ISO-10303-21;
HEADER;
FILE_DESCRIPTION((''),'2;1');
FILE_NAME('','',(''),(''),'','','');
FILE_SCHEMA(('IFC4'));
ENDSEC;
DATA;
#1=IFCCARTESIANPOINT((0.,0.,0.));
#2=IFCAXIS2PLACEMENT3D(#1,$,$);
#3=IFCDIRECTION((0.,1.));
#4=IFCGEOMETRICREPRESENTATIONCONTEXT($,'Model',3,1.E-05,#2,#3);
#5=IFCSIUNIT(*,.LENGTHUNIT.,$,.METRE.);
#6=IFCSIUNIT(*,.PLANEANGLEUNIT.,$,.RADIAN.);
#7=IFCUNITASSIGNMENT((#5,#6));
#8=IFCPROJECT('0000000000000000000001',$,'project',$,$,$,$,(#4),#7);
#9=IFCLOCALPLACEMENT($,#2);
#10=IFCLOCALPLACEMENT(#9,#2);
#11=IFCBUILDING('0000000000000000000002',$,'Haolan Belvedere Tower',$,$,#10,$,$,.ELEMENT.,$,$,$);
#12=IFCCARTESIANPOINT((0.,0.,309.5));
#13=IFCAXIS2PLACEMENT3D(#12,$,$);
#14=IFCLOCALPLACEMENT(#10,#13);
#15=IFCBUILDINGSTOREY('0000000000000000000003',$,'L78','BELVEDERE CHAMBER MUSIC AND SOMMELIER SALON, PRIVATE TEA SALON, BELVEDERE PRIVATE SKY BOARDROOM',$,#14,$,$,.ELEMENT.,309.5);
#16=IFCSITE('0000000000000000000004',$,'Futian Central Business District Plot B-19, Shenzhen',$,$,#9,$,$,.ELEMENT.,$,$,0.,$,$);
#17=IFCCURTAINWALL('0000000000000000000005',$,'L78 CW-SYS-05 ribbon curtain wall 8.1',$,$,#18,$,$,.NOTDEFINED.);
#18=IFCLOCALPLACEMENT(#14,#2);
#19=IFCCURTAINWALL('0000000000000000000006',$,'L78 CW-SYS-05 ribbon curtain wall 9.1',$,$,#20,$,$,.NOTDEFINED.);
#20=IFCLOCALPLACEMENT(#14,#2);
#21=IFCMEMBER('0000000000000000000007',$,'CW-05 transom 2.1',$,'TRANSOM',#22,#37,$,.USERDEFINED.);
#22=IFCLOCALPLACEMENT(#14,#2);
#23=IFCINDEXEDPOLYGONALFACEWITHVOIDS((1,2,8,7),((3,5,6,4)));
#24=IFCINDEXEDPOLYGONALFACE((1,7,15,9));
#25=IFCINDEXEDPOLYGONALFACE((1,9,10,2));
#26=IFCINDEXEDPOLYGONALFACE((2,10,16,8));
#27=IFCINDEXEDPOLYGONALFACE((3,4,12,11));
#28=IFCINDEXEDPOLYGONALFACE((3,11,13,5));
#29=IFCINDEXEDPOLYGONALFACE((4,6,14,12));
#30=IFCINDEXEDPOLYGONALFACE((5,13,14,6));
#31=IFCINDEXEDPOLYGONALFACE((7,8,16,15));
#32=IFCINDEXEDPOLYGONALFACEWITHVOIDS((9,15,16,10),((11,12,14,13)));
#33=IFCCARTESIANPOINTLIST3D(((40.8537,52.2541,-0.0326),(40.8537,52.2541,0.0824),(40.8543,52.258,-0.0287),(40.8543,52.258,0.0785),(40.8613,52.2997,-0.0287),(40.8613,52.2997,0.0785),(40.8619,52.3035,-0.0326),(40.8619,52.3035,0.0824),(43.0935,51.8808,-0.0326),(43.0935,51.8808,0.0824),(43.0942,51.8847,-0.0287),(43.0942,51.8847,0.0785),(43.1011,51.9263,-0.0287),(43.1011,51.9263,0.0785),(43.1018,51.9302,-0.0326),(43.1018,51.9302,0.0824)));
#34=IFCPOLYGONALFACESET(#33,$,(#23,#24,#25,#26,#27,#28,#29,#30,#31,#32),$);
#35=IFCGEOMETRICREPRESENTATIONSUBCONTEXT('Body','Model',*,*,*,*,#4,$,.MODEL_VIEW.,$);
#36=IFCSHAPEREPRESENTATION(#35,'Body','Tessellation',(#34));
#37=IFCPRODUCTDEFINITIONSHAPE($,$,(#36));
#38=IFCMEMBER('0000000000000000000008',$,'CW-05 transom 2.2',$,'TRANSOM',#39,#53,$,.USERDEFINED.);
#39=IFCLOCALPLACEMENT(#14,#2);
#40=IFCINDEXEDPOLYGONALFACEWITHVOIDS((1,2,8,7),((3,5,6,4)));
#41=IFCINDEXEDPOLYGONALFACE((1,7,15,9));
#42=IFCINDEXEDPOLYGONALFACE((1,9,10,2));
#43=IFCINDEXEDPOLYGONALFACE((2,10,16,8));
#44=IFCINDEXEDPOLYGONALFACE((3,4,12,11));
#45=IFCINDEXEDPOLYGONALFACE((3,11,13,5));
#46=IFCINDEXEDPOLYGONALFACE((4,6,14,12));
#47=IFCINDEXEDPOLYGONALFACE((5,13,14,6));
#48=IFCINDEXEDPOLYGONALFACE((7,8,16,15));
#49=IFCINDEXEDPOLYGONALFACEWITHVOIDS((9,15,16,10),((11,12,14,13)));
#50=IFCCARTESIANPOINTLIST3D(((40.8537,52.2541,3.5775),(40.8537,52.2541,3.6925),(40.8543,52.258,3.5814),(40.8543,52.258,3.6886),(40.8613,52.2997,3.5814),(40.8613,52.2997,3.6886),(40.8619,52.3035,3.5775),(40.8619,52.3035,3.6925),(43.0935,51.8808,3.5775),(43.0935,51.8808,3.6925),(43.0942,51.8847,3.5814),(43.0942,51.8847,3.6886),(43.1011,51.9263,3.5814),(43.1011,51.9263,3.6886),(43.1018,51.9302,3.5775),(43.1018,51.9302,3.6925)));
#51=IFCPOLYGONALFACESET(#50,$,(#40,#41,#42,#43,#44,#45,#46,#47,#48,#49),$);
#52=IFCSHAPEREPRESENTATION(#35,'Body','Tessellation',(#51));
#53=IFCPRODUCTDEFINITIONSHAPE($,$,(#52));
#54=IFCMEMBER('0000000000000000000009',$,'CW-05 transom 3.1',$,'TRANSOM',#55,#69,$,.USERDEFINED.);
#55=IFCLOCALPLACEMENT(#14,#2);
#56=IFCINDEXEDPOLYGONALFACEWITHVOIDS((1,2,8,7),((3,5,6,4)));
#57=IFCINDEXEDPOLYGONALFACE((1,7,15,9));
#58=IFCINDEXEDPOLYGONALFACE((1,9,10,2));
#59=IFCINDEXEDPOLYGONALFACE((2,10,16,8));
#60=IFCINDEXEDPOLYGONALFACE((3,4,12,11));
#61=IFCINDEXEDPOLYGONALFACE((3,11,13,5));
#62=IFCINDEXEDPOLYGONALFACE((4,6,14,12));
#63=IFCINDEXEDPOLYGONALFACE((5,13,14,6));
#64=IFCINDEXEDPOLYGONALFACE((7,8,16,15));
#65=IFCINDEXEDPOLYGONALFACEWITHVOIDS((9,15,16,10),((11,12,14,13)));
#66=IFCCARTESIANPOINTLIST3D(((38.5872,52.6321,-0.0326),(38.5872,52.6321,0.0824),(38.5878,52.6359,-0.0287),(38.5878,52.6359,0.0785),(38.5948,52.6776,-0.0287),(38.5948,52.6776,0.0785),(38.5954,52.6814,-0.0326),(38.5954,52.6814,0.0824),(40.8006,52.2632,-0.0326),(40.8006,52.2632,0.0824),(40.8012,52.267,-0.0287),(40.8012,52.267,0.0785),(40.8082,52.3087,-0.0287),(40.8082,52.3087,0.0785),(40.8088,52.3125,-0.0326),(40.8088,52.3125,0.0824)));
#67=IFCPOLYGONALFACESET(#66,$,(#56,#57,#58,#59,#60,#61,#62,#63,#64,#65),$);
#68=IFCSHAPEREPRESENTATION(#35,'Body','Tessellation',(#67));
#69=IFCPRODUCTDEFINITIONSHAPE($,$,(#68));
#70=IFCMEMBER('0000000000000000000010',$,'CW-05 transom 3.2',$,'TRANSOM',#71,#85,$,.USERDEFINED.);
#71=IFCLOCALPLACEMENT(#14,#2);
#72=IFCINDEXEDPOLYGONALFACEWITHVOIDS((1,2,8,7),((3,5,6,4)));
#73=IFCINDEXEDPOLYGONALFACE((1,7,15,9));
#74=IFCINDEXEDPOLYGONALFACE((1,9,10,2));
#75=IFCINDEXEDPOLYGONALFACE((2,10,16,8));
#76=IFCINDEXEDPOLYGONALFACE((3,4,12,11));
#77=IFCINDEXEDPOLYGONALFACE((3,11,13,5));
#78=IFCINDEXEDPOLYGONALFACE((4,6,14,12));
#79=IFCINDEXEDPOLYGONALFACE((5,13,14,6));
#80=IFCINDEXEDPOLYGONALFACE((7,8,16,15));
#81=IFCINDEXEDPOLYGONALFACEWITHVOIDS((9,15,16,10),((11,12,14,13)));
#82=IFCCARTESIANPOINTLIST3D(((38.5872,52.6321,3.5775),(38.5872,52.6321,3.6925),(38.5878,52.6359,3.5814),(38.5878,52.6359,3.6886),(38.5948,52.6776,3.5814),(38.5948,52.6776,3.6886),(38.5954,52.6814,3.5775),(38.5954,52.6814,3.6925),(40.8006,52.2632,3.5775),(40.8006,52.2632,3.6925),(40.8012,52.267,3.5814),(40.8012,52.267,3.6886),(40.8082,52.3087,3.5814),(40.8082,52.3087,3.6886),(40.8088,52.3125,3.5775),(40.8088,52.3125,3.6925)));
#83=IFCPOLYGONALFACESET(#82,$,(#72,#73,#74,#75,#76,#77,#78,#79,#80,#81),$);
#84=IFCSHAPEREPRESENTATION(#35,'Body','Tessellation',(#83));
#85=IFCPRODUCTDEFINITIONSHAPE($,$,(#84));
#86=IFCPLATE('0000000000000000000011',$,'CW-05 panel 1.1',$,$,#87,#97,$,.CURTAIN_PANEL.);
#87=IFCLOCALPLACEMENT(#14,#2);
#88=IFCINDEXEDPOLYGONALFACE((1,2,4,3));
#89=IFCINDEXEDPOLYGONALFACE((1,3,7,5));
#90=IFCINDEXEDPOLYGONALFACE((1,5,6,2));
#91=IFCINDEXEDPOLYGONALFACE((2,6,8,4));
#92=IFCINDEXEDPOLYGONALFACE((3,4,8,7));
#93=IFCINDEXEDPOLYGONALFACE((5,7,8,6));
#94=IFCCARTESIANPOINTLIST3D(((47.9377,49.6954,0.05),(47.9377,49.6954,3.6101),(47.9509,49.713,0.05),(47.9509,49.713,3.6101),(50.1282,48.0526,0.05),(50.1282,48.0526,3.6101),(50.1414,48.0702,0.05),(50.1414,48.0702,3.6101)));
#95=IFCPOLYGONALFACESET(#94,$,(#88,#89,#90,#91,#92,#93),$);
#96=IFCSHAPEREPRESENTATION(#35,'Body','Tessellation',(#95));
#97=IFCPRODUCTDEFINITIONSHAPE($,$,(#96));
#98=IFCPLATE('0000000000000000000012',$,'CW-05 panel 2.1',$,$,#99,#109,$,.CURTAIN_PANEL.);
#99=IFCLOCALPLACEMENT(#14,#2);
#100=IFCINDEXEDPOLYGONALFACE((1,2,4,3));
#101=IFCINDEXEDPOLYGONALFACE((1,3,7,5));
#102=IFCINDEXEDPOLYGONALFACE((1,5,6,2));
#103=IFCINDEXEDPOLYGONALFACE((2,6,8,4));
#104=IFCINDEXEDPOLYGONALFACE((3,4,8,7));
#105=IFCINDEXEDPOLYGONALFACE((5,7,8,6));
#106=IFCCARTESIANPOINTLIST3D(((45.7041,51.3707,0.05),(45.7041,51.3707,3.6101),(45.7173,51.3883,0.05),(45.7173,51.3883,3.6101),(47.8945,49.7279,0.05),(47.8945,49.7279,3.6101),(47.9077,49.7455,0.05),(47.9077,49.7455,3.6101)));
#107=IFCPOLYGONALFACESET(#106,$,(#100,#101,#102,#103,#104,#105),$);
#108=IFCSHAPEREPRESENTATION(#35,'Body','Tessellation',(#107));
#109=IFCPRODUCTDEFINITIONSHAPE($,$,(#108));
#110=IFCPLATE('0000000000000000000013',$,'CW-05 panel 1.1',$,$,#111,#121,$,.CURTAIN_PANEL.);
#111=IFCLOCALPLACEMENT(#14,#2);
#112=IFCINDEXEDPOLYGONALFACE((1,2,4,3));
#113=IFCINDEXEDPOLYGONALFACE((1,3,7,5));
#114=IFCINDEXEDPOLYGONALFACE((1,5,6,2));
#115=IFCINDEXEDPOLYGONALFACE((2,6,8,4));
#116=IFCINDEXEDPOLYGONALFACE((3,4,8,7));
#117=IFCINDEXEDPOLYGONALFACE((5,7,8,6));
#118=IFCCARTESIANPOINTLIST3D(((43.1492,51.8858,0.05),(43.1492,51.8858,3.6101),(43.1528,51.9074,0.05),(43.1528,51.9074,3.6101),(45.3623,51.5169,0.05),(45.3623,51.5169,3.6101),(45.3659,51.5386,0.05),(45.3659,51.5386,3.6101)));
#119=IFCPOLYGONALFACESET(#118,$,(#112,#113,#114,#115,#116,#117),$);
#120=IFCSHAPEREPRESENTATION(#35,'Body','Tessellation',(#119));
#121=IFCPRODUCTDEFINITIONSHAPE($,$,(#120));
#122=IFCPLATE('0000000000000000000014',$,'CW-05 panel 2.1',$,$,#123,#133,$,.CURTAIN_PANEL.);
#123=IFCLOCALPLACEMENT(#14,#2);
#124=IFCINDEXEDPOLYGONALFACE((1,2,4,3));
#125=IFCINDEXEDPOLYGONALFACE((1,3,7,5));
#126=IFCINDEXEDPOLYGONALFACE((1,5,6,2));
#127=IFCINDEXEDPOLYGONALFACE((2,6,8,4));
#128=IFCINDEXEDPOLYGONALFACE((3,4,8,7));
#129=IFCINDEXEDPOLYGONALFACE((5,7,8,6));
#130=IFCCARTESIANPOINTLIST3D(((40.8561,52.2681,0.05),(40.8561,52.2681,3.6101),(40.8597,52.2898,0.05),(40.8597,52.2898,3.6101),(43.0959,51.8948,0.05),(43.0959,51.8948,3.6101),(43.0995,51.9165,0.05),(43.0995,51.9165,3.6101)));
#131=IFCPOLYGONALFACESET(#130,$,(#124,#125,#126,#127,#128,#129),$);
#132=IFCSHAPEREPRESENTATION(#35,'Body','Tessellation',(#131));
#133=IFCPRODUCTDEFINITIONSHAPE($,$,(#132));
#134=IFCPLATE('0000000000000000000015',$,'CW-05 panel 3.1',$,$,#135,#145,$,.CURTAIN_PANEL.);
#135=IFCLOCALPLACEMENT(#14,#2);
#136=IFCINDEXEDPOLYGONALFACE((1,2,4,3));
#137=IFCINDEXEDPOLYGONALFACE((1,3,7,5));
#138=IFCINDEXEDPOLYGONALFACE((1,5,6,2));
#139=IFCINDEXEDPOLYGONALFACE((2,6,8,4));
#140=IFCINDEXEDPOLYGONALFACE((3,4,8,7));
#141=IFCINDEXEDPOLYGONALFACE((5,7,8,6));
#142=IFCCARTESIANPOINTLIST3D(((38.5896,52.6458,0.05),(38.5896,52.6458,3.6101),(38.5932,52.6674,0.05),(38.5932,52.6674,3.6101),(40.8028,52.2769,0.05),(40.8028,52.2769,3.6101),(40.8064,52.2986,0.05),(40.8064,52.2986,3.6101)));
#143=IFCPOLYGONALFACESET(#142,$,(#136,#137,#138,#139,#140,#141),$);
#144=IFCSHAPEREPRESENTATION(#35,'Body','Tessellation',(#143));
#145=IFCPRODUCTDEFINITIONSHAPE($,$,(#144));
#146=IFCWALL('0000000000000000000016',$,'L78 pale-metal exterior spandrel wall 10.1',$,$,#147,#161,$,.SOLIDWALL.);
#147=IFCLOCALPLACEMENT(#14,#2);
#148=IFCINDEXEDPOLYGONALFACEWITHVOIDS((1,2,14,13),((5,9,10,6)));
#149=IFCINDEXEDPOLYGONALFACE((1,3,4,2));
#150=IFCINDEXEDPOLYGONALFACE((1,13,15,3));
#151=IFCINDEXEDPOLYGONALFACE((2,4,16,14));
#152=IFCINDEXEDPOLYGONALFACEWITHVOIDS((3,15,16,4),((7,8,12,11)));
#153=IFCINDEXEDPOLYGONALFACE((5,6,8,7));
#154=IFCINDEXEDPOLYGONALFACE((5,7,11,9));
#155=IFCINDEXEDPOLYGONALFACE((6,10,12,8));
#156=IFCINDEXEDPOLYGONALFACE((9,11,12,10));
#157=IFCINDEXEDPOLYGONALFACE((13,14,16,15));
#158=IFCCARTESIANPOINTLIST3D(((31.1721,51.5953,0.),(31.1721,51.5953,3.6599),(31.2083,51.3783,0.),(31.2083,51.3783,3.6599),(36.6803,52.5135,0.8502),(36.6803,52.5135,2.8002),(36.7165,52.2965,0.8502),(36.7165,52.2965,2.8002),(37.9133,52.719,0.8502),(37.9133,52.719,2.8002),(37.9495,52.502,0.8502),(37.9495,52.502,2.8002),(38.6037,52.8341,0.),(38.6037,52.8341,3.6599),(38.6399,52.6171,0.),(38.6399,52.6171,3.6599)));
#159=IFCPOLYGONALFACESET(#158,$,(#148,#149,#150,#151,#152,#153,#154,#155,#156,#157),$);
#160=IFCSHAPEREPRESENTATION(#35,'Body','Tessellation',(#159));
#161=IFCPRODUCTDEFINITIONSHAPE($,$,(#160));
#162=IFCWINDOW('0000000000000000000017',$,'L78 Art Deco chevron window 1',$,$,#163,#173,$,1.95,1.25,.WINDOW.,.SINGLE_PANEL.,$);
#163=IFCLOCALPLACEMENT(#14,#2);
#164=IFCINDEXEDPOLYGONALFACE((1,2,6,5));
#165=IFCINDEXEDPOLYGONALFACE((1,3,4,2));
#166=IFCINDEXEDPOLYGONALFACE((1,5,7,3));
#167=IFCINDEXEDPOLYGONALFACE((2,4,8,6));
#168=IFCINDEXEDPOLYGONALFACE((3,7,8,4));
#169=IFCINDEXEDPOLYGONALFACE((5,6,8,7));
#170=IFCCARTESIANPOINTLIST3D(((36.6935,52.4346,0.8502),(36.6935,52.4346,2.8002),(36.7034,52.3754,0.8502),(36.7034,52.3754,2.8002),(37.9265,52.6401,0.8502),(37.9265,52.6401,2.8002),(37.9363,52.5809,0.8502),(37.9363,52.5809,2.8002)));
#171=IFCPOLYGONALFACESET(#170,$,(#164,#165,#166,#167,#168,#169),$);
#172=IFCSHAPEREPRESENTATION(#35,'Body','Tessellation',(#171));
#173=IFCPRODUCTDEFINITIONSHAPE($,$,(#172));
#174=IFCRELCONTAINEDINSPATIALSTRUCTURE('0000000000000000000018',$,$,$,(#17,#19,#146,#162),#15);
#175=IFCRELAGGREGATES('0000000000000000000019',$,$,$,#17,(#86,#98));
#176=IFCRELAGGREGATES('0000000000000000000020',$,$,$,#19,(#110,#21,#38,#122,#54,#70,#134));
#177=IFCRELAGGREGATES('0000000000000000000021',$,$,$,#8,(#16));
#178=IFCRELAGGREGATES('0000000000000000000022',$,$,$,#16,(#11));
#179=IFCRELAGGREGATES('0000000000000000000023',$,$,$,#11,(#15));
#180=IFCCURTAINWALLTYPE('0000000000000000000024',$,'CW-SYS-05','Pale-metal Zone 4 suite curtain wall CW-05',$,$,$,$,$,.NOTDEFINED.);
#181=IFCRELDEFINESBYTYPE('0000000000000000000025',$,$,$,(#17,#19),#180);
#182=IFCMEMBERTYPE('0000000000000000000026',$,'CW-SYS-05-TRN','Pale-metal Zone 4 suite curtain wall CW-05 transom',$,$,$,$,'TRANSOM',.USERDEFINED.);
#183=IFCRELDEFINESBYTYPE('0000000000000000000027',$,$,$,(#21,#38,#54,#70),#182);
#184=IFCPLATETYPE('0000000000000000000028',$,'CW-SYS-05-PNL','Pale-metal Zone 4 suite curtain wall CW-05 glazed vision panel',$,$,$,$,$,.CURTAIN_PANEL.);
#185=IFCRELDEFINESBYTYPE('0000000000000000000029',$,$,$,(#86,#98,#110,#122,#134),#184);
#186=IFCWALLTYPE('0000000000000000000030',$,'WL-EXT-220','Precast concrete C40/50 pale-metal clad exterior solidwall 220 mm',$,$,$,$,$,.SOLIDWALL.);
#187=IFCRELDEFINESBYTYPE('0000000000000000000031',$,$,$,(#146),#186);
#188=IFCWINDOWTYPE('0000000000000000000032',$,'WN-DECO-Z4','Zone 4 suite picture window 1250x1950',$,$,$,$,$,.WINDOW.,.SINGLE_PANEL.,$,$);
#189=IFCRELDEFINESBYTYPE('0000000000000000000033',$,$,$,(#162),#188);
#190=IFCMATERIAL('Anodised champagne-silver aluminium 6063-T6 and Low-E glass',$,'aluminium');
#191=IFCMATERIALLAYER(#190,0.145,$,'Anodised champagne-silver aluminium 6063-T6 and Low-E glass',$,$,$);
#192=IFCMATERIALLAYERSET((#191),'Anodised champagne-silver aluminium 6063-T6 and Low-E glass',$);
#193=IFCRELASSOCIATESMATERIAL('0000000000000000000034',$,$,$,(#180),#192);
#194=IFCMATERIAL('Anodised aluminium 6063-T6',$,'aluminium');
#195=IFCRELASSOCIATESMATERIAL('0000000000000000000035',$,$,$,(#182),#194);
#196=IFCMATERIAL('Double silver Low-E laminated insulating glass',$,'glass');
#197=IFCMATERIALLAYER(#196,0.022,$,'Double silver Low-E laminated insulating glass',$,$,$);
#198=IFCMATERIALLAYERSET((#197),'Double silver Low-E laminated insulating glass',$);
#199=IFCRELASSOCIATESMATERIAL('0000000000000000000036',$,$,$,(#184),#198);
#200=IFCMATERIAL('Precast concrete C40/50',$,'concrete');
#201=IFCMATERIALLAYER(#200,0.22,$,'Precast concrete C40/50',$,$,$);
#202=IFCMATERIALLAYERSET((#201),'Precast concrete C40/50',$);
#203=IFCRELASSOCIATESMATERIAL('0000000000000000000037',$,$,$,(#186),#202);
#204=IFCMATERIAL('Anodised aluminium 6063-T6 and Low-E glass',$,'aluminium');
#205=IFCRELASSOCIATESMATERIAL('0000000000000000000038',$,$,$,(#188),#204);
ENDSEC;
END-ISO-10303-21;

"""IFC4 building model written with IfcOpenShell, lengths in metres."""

from ifc_helpers import new_model, si_unit, direction, frame, frame_2d, origin, origin_2d, place, context, subcontext, project, spatial, rectangle, hollow_rectangle, extrude, material, layer, layer_set, material_profile, profile_set, type_object, element, fill, aggregate, save


model = new_model("IFC4")

# Units and contexts
model_context = context("Model", 3, precision=1e-05, world=origin(), true_north=direction((0.0, 1.0)))
body_context = subcontext(model_context, "Body", "Model", "MODEL_VIEW")
ifc_project = project(units=[si_unit("LENGTHUNIT", "METRE"), si_unit("PLANEANGLEUNIT", "RADIAN")], contexts=[model_context])

# Site, building, storey
site_placement = place(None, origin())
site = spatial("IfcSite", under=ifc_project, at=site_placement, Name="Futian Central Business District Plot B-19, Shenzhen", CompositionType="ELEMENT", RefElevation=0.0)
building_placement = place(site_placement, origin())
building = spatial("IfcBuilding", under=site, at=building_placement, Name="Haolan Belvedere Tower", CompositionType="ELEMENT")
storey_placement = place(building_placement, frame((0.0, 0.0, 309.5)))
storey = spatial("IfcBuildingStorey", under=building, at=storey_placement, Name="L78", Description="BELVEDERE CHAMBER MUSIC AND SOMMELIER SALON, PRIVATE TEA SALON, BELVEDERE PRIVATE SKY BOARDROOM", CompositionType="ELEMENT", Elevation=309.5)

# Curtain walls
ifc_material_1 = material(Name="Anodised champagne-silver aluminium 6063-T6 and Low-E glass", Category="aluminium")
ifc_layer_1 = layer(ifc_material_1, 0.145, Name="Anodised champagne-silver aluminium 6063-T6 and Low-E glass")
ifc_layer_set_1 = layer_set([ifc_layer_1], Name="Anodised champagne-silver aluminium 6063-T6 and Low-E glass")
curtain_wall_type = type_object("IfcCurtainWallType", Name="CW-SYS-05", Description="Pale-metal Zone 4 suite curtain wall CW-05", PredefinedType="NOTDEFINED", material=ifc_layer_set_1)
curtain_wall_1_placement = place(storey_placement, origin())
curtain_wall_1 = element("IfcCurtainWall", 1, at=curtain_wall_1_placement, inside=storey, type_object=curtain_wall_type, Name="L78 CW-SYS-05 ribbon curtain wall 8.1", PredefinedType="NOTDEFINED")
ifc_material_2 = material(Name="Anodised aluminium 6063-T6", Category="aluminium")
curtain_wall_2_placement = place(storey_placement, origin())
curtain_wall_2 = element("IfcCurtainWall", 2, at=curtain_wall_2_placement, inside=storey, type_object=curtain_wall_type, Name="L78 CW-SYS-05 ribbon curtain wall 9.1", PredefinedType="NOTDEFINED")

# Members
ifc_material_profile_1 = material_profile(ifc_material_2, hollow_rectangle(XDim=0.05, YDim=0.115, WallThickness=0.0039, at=origin_2d()), Name="Anodised aluminium 6063-T6")
ifc_profile_set_1 = profile_set([ifc_material_profile_1], Name="Anodised aluminium 6063-T6")
member_type_1 = type_object("IfcMemberType", Name="CW-SYS-05-TRN", Description="Pale-metal Zone 4 suite curtain wall CW-05 transom", ElementType="TRANSOM", PredefinedType="USERDEFINED", material=ifc_profile_set_1)
member_1_placement = place(storey_placement, frame((43.0977, 51.9055, 0.0249), z_axis=(-0.986394, 0.164399, 0.0), x_axis=(-0.164399, -0.986394, 0.0)))
member_1 = element("IfcMember", 3, at=member_1_placement, type_object=member_type_1, Name="CW-05 transom 2.1", ObjectType="TRANSOM", PredefinedType="USERDEFINED", context=body_context, shape_type="SweptSolid", body=[
    extrude(hollow_rectangle(XDim=0.05, YDim=0.115, WallThickness=0.0039, at=origin_2d()), origin(), (0.0, 0.0, 1.0), 2.2708),
])
member_2_placement = place(storey_placement, frame((43.0977, 51.9055, 3.635), z_axis=(-0.986394, 0.164399, 0.0), x_axis=(-0.164399, -0.986394, 0.0)))
member_2 = element("IfcMember", 4, at=member_2_placement, type_object=member_type_1, Name="CW-05 transom 2.2", ObjectType="TRANSOM", PredefinedType="USERDEFINED", context=body_context, shape_type="SweptSolid", body=[
    extrude(hollow_rectangle(XDim=0.05, YDim=0.115, WallThickness=0.0039, at=origin_2d()), origin(), (0.0, 0.0, 1.0), 2.2708),
])
member_3_placement = place(storey_placement, frame((40.8047, 52.2878, 0.0249), z_axis=(-0.986394, 0.164399, 0.0), x_axis=(-0.164399, -0.986394, 0.0)))
member_3 = element("IfcMember", 5, at=member_3_placement, type_object=member_type_1, Name="CW-05 transom 3.1", ObjectType="TRANSOM", PredefinedType="USERDEFINED", context=body_context, shape_type="SweptSolid", body=[
    extrude(hollow_rectangle(XDim=0.05, YDim=0.115, WallThickness=0.0039, at=origin_2d()), origin(), (0.0, 0.0, 1.0), 2.2439),
])
member_4_placement = place(storey_placement, frame((40.8047, 52.2878, 3.635), z_axis=(-0.986394, 0.164399, 0.0), x_axis=(-0.164399, -0.986394, 0.0)))
member_4 = element("IfcMember", 6, at=member_4_placement, type_object=member_type_1, Name="CW-05 transom 3.2", ObjectType="TRANSOM", PredefinedType="USERDEFINED", context=body_context, shape_type="SweptSolid", body=[
    extrude(hollow_rectangle(XDim=0.05, YDim=0.115, WallThickness=0.0039, at=origin_2d()), origin(), (0.0, 0.0, 1.0), 2.2439),
])

# Plates
ifc_material_3 = material(Name="Double silver Low-E laminated insulating glass", Category="glass")
ifc_layer_2 = layer(ifc_material_3, 0.022, Name="Double silver Low-E laminated insulating glass")
ifc_layer_set_2 = layer_set([ifc_layer_2], Name="Double silver Low-E laminated insulating glass")
plate_type = type_object("IfcPlateType", Name="CW-SYS-05-PNL", Description="Pale-metal Zone 4 suite curtain wall CW-05 glazed vision panel", PredefinedType="CURTAIN_PANEL", material=ifc_layer_set_2)
plate_1_placement = place(storey_placement, frame((49.0396, 48.8828, 0.05), z_axis=(0.0, 0.0, 1.0), x_axis=(-0.799998, 0.600003, 0.0)))
plate_1 = element("IfcPlate", 7, at=plate_1_placement, type_object=plate_type, Name="CW-05 panel 1.1", PredefinedType="CURTAIN_PANEL", context=body_context, shape_type="SweptSolid", body=[
    extrude(rectangle(XDim=2.738, YDim=0.022, at=origin_2d()), origin(), (0.0, 0.0, 1.0), 3.5601),
])
plate_2_placement = place(storey_placement, frame((46.8059, 50.5581, 0.05), z_axis=(0.0, 0.0, 1.0), x_axis=(-0.799998, 0.600003, 0.0)))
plate_2 = element("IfcPlate", 8, at=plate_2_placement, type_object=plate_type, Name="CW-05 panel 2.1", PredefinedType="CURTAIN_PANEL", context=body_context, shape_type="SweptSolid", body=[
    extrude(rectangle(XDim=2.738, YDim=0.022, at=origin_2d()), origin(), (0.0, 0.0, 1.0), 3.5601),
])
aggregate(curtain_wall_1, [plate_1, plate_2])
plate_3_placement = place(storey_placement, frame((44.2576, 51.7122, 0.05), z_axis=(0.0, 0.0, 1.0), x_axis=(-0.986393, 0.164406, 0.0)))
plate_3 = element("IfcPlate", 9, at=plate_3_placement, type_object=plate_type, Name="CW-05 panel 1.1", PredefinedType="CURTAIN_PANEL", context=body_context, shape_type="SweptSolid", body=[
    extrude(rectangle(XDim=2.2437, YDim=0.022, at=origin_2d()), origin(), (0.0, 0.0, 1.0), 3.5601),
])
plate_4_placement = place(storey_placement, frame((41.9778, 52.0923, 0.05), z_axis=(0.0, 0.0, 1.0), x_axis=(-0.986393, 0.164406, 0.0)))
plate_4 = element("IfcPlate", 10, at=plate_4_placement, type_object=plate_type, Name="CW-05 panel 2.1", PredefinedType="CURTAIN_PANEL", context=body_context, shape_type="SweptSolid", body=[
    extrude(rectangle(XDim=2.2708, YDim=0.022, at=origin_2d()), origin(), (0.0, 0.0, 1.0), 3.5601),
])
plate_5_placement = place(storey_placement, frame((39.698, 52.4722, 0.05), z_axis=(0.0, 0.0, 1.0), x_axis=(-0.986393, 0.164406, 0.0)))
plate_5 = element("IfcPlate", 11, at=plate_5_placement, type_object=plate_type, Name="CW-05 panel 3.1", PredefinedType="CURTAIN_PANEL", context=body_context, shape_type="SweptSolid", body=[
    extrude(rectangle(XDim=2.2437, YDim=0.022, at=origin_2d()), origin(), (0.0, 0.0, 1.0), 3.5601),
])
aggregate(curtain_wall_2, [plate_3, member_1, member_2, plate_4, member_3, member_4, plate_5])

# Wall, opening, window
ifc_material_4 = material(Name="Precast concrete C40/50", Category="concrete")
ifc_layer_3 = layer(ifc_material_4, 0.22, Name="Precast concrete C40/50")
ifc_layer_set_3 = layer_set([ifc_layer_3], Name="Precast concrete C40/50")
wall_type = type_object("IfcWallType", Name="WL-EXT-220", Description="Precast concrete C40/50 pale-metal clad exterior solidwall 220 mm", PredefinedType="SOLIDWALL", material=ifc_layer_set_3)
wall_placement = place(storey_placement, frame((38.6218, 52.7256, 0.0), z_axis=(0.0, 0.0, 1.0), x_axis=(-0.98639, -0.16442, 0.0)))
wall = element("IfcWall", 12, at=wall_placement, inside=storey, type_object=wall_type, Name="L78 pale-metal exterior spandrel wall 10.1", PredefinedType="SOLIDWALL", context=body_context, shape_type="SweptSolid", body=[
    extrude(rectangle(XDim=7.5342, YDim=0.22, at=frame_2d((3.7671, 0.0))), origin(), (0.0, 0.0, 1.0), 3.6599),
])
opening_placement = place(wall_placement, frame((0.7, 0.0, 0.8501)))
opening = element("IfcOpeningElement", 13, at=opening_placement, cuts=wall, PredefinedType="OPENING", context=body_context, shape_type="SweptSolid", body=[
    extrude(rectangle(XDim=1.25, YDim=1.95, at=frame_2d((0.625, 0.9751))), frame((0.0, 0.1199, 0.0), z_axis=(0.0, -1.0, 0.0), x_axis=(1.0, 0.0, 0.0)), (0.0, 0.0, 1.0), 0.24),
])
ifc_material_5 = material(Name="Anodised aluminium 6063-T6 and Low-E glass", Category="aluminium")
window_type = type_object("IfcWindowType", Name="WN-DECO-Z4", Description="Zone 4 suite picture window 1250x1950", PartitioningType="SINGLE_PANEL", PredefinedType="WINDOW", material=ifc_material_5)
window_placement = place(opening_placement, origin())
window = element("IfcWindow", 14, at=window_placement, inside=storey, type_object=window_type, Name="L78 Art Deco chevron window 1", OverallHeight=1.95, OverallWidth=1.25, PartitioningType="SINGLE_PANEL", PredefinedType="WINDOW", context=body_context, shape_type="SweptSolid", body=[
    extrude(rectangle(XDim=1.25, YDim=1.95, at=frame_2d((0.625, 0.9751))), frame((0.0, 0.03, 0.0), z_axis=(0.0, -1.0, 0.0), x_axis=(1.0, 0.0, 0.0)), (0.0, 0.0, 1.0), 0.0601),
])
fill(opening, window)

save(model, "model.ifc")
